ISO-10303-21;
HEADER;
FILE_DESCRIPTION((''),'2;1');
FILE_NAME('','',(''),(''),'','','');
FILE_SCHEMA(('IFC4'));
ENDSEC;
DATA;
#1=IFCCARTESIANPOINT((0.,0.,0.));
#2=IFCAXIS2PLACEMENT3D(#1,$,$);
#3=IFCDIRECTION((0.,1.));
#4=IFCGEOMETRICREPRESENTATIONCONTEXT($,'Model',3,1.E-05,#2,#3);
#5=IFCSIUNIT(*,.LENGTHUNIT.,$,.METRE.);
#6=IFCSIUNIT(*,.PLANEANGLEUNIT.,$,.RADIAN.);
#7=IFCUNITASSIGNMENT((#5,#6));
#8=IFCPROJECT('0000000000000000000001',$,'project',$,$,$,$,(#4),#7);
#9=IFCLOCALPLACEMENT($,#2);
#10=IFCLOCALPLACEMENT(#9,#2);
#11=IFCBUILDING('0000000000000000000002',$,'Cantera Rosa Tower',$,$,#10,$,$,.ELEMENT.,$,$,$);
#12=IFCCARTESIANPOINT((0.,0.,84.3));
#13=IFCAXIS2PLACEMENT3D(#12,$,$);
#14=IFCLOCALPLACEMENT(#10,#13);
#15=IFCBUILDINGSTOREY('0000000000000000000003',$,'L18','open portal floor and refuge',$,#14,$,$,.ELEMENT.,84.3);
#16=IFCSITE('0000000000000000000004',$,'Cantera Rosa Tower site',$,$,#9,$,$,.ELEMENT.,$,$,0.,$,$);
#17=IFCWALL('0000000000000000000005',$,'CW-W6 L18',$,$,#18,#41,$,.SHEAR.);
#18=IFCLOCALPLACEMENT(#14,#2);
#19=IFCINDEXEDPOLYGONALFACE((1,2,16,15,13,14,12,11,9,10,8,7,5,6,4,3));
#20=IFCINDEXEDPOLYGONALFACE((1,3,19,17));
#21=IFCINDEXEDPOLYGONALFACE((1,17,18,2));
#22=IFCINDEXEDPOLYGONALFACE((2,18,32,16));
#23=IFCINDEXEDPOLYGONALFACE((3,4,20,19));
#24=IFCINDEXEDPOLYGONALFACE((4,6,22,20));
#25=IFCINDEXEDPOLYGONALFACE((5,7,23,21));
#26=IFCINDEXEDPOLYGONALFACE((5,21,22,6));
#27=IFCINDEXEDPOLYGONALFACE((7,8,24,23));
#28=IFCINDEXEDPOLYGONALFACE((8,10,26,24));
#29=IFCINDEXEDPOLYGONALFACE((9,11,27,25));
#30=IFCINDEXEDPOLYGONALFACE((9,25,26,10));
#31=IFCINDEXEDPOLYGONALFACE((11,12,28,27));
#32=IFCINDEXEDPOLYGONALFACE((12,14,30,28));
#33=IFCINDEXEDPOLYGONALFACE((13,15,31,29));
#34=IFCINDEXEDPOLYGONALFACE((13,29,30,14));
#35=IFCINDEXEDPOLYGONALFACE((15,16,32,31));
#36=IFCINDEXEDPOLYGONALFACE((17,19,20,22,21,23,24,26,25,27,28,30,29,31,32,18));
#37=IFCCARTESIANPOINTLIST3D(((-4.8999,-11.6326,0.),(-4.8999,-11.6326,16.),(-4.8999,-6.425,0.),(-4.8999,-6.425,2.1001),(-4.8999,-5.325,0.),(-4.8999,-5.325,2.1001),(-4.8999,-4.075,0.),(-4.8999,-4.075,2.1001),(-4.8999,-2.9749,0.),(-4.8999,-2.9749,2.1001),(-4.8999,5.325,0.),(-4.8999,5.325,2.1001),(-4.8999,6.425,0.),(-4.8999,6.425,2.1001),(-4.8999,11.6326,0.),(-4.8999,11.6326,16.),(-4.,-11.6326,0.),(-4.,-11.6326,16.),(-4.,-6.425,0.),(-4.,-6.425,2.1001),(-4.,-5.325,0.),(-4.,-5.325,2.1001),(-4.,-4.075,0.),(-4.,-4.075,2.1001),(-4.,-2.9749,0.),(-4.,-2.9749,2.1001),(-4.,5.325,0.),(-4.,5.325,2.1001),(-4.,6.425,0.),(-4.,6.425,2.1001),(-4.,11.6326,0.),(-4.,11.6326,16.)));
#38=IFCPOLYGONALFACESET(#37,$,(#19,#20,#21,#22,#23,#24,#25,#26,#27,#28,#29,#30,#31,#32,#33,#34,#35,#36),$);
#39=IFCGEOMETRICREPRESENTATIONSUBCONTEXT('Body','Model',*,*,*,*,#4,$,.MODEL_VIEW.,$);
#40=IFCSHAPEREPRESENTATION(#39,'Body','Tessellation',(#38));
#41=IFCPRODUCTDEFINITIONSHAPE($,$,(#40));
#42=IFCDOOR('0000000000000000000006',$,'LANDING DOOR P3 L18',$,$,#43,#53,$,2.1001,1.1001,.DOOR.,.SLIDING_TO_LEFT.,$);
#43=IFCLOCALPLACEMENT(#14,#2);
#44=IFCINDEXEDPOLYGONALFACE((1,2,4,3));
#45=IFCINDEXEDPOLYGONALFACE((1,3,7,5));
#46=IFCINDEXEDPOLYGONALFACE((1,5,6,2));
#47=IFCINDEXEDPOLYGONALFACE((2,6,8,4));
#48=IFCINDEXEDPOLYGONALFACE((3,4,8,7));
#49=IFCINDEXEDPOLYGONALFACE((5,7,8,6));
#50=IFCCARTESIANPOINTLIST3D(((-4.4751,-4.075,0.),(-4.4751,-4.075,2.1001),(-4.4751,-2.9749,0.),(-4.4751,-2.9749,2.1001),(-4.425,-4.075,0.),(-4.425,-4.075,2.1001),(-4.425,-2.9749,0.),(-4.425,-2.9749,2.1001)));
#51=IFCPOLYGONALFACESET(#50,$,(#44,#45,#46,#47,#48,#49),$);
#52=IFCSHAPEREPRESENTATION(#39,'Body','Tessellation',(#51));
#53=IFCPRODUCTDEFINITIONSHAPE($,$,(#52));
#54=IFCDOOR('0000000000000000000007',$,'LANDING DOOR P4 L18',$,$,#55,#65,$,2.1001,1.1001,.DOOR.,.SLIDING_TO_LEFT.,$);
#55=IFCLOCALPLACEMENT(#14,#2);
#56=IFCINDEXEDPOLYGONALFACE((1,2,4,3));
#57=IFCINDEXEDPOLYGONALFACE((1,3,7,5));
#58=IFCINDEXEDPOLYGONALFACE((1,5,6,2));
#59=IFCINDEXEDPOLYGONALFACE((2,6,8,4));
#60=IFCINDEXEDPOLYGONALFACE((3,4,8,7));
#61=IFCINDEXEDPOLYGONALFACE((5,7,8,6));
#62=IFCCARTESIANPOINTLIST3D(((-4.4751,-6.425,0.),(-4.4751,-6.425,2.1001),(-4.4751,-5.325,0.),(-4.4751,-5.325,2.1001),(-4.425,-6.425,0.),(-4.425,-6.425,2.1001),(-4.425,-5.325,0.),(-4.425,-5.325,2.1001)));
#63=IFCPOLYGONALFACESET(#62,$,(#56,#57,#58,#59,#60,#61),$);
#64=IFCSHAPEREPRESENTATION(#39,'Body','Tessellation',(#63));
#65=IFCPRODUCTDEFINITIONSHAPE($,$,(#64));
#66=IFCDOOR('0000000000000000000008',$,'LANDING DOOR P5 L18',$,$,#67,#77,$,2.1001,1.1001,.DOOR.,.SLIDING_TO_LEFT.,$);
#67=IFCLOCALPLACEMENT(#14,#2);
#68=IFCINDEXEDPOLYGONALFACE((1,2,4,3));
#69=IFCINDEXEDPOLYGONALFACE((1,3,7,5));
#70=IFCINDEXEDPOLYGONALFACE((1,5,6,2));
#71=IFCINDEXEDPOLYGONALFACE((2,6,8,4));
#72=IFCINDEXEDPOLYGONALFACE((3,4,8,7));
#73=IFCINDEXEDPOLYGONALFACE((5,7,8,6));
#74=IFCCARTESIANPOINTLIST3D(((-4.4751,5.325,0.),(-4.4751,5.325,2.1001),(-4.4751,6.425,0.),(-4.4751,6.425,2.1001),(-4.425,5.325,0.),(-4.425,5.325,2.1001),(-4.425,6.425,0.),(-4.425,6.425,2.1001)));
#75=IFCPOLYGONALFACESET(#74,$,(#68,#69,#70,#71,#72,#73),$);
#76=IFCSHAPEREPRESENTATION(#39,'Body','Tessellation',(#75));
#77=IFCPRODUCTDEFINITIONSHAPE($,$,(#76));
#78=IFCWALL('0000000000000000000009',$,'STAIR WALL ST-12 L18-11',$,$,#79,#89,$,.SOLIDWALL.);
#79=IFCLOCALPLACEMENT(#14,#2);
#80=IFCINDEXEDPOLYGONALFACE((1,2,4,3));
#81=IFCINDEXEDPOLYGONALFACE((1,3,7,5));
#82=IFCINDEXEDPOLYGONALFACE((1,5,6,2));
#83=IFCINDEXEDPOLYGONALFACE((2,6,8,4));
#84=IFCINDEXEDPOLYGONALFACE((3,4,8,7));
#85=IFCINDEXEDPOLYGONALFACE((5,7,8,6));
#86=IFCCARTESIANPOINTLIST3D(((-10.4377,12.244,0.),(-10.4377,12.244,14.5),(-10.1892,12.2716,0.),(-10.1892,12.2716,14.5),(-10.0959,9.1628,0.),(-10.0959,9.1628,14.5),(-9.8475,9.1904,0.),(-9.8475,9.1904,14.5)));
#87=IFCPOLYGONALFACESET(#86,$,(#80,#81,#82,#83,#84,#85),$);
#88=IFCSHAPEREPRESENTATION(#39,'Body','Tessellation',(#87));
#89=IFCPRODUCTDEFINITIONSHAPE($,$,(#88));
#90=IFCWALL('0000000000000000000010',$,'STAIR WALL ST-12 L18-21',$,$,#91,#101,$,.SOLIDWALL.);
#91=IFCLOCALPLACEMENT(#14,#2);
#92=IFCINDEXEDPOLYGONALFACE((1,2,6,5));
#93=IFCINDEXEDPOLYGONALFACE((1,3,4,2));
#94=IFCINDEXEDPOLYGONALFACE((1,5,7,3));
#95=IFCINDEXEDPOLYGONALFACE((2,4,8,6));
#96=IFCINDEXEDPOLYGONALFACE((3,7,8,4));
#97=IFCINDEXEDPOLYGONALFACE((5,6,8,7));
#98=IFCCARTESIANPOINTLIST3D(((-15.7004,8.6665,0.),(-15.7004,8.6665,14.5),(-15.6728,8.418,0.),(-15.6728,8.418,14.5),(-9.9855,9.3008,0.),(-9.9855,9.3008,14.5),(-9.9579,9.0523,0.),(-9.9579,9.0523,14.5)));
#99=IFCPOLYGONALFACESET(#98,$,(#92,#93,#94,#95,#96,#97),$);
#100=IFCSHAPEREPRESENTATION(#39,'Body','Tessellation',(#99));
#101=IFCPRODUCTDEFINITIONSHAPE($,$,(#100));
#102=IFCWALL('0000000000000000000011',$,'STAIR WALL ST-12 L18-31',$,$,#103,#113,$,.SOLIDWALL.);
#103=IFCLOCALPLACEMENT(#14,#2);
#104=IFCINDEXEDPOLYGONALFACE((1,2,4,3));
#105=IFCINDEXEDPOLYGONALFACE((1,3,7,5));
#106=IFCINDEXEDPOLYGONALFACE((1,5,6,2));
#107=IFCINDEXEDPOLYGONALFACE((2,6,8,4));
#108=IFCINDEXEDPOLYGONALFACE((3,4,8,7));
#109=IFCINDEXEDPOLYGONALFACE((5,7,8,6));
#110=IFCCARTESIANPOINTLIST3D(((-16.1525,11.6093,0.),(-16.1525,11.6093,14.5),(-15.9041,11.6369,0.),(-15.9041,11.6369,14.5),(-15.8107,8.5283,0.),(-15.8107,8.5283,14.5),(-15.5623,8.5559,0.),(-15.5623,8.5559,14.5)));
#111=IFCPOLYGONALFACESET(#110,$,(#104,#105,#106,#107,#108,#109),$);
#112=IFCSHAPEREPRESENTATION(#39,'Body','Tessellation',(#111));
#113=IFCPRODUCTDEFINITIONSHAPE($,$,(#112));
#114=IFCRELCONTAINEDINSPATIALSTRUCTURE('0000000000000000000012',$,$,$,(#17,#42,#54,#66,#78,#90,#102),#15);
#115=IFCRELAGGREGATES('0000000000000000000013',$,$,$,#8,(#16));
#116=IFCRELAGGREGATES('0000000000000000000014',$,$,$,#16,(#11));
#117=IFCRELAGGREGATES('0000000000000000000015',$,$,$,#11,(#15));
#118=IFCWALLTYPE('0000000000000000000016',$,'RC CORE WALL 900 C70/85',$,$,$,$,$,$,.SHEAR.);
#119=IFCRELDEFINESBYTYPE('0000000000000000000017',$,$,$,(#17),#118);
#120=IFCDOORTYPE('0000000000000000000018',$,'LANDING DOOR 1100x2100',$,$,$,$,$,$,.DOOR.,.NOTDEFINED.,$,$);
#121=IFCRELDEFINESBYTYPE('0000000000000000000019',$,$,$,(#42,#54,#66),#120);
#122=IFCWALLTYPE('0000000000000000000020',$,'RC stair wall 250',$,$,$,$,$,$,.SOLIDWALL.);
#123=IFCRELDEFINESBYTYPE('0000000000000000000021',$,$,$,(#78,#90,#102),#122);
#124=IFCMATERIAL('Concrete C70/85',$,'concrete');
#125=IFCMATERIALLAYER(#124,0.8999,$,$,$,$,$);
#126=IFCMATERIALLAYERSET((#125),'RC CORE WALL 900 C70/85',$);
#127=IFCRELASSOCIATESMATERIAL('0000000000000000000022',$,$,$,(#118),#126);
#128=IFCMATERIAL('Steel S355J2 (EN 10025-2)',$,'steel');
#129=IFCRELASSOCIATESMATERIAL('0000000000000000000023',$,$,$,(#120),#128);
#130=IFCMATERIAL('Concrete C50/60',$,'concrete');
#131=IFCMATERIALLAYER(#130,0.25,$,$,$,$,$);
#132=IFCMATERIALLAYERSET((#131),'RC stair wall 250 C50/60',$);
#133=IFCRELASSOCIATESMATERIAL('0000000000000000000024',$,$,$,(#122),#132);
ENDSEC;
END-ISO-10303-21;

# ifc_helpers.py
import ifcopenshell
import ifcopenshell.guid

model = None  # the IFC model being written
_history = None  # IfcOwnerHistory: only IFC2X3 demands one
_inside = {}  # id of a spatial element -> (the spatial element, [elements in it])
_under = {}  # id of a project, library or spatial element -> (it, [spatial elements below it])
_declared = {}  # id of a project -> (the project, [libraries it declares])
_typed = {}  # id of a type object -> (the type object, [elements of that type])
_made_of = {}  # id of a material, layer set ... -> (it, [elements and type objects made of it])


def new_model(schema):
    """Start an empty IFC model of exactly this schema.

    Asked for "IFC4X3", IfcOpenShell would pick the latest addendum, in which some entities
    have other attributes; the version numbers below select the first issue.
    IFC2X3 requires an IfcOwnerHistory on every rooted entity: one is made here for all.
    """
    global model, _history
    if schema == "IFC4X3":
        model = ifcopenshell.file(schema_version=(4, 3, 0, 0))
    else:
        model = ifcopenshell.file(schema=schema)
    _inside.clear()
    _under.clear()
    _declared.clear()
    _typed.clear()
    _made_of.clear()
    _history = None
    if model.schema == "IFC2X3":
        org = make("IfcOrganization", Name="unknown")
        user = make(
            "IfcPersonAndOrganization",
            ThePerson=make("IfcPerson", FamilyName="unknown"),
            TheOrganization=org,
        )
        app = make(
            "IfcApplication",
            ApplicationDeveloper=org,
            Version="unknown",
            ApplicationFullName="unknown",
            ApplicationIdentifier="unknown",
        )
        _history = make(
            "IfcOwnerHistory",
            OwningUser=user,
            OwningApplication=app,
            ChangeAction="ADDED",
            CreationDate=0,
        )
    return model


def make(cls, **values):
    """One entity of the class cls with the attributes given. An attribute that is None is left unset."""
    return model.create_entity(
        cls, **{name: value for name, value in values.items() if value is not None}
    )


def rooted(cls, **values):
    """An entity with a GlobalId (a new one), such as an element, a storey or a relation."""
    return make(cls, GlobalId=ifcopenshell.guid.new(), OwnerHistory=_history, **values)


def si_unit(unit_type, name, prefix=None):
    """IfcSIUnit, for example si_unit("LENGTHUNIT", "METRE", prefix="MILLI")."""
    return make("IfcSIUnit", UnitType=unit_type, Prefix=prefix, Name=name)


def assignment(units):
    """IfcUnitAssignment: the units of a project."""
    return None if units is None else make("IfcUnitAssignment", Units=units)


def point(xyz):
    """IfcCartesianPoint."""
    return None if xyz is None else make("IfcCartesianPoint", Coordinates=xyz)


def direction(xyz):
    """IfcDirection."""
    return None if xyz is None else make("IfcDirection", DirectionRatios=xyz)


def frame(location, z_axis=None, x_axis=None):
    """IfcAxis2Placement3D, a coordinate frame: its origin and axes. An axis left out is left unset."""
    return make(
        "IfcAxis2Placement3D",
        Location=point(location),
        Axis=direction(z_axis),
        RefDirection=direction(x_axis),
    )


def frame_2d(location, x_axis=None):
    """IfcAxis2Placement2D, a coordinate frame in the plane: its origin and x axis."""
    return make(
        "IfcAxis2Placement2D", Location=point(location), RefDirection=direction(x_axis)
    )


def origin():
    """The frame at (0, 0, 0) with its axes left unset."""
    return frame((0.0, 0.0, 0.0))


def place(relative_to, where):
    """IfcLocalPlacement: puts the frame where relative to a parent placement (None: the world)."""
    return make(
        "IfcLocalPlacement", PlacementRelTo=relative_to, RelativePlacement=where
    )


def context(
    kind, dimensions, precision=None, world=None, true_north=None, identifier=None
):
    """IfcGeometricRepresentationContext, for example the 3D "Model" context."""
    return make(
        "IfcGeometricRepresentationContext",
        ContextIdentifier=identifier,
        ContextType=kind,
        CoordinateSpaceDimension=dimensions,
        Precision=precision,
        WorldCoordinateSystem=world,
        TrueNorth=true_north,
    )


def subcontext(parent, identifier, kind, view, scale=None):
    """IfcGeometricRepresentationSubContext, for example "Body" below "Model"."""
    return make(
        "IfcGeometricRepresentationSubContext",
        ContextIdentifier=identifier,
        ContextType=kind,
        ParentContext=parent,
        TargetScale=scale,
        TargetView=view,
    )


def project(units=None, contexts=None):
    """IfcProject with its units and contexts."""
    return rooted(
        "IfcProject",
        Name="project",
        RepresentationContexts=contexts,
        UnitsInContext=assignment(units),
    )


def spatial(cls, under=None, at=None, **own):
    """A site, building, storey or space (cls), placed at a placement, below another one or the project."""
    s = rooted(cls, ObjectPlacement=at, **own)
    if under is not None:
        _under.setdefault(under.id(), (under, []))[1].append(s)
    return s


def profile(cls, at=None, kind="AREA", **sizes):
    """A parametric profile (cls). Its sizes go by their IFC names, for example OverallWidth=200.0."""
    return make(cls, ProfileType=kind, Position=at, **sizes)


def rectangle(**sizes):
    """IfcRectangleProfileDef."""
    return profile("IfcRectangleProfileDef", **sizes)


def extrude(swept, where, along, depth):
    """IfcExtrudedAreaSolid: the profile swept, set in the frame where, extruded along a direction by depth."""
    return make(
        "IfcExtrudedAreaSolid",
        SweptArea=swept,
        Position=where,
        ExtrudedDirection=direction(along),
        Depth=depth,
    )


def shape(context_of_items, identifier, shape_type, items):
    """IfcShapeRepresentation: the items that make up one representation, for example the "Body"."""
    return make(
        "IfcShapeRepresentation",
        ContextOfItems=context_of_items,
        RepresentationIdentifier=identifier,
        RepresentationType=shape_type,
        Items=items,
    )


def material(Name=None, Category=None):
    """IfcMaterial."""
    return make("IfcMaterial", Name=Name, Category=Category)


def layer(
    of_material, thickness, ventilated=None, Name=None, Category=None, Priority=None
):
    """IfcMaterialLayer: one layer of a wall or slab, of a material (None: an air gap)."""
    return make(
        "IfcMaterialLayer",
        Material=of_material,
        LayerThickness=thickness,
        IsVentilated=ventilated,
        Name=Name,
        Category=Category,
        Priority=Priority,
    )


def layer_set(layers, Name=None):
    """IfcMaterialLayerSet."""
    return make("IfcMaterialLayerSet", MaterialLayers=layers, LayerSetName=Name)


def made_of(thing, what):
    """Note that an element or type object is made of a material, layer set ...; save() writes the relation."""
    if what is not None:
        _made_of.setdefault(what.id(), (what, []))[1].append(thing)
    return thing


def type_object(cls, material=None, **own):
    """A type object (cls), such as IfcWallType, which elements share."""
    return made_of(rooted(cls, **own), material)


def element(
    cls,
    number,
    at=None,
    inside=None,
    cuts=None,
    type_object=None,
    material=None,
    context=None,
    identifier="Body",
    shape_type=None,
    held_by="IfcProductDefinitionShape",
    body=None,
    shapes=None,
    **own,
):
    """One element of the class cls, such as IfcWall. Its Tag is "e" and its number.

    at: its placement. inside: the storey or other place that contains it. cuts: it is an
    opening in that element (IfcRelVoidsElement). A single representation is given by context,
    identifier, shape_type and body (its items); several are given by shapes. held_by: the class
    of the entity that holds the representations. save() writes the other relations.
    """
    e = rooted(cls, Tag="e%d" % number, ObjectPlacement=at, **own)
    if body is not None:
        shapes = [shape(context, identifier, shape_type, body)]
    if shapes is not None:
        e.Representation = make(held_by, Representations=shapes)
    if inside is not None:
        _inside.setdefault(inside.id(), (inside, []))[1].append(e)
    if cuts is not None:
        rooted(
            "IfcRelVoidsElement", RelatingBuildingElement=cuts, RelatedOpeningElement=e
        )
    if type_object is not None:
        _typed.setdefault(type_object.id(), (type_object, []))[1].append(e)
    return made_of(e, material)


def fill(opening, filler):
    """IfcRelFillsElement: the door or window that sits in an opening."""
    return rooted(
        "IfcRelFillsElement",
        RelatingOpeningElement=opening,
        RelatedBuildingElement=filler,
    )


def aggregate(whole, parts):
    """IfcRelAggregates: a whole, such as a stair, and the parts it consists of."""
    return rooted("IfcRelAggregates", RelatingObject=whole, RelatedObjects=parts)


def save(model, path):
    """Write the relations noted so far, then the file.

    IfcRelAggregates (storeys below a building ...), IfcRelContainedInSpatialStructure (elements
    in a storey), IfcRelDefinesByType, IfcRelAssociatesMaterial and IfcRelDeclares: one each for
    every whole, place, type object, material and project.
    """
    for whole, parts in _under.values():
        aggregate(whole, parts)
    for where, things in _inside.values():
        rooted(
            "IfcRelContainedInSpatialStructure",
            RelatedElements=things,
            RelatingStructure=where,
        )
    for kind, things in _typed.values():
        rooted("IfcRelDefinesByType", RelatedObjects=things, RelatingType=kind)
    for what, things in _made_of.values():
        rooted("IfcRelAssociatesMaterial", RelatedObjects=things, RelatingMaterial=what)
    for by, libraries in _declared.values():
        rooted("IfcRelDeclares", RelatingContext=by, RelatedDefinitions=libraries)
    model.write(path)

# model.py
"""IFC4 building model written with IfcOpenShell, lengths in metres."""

from ifc_helpers import new_model, si_unit, direction, frame, frame_2d, origin, place, context, subcontext, project, spatial, rectangle, extrude, material, layer, layer_set, type_object, element, fill, save


model = new_model("IFC4")

# Units and contexts
model_context = context("Model", 3, precision=1e-05, world=origin(), true_north=direction((0.0, 1.0)))
body_context = subcontext(model_context, "Body", "Model", "MODEL_VIEW")
ifc_project = project(units=[si_unit("LENGTHUNIT", "METRE"), si_unit("PLANEANGLEUNIT", "RADIAN")], contexts=[model_context])

# Site, building, storey
site_placement = place(None, origin())
site = spatial("IfcSite", under=ifc_project, at=site_placement, Name="Cantera Rosa Tower site", CompositionType="ELEMENT", RefElevation=0.0)
building_placement = place(site_placement, origin())
building = spatial("IfcBuilding", under=site, at=building_placement, Name="Cantera Rosa Tower", CompositionType="ELEMENT")
storey_placement = place(building_placement, frame((0.0, 0.0, 84.3)))
storey = spatial("IfcBuildingStorey", under=building, at=storey_placement, Name="L18", Description="open portal floor and refuge", CompositionType="ELEMENT", Elevation=84.3)

# Shared definitions
ifc_material_1 = material(Name="Concrete C70/85", Category="concrete")
ifc_layer_1 = layer(ifc_material_1, 0.8999)
ifc_layer_set_1 = layer_set([ifc_layer_1], Name="RC CORE WALL 900 C70/85")
wall_type_1 = type_object("IfcWallType", Name="RC CORE WALL 900 C70/85", PredefinedType="SHEAR", material=ifc_layer_set_1)

# Wall, openings, doors
wall_1_placement = place(storey_placement, frame((-4.45, 11.6326, 0.0), z_axis=(0.0, 0.0, 1.0), x_axis=(0.0, -1.0, 0.0)))
wall_1 = element("IfcWall", 1, at=wall_1_placement, inside=storey, type_object=wall_type_1, Name="CW-W6 L18", PredefinedType="SHEAR", context=body_context, shape_type="SweptSolid", body=[
    extrude(rectangle(XDim=23.2651, YDim=0.8999, at=frame_2d((11.6326, 0.0))), origin(), (0.0, 0.0, 1.0), 16.0),
])
opening_1_placement = place(wall_1_placement, frame((14.6074, 0.0, 0.0)))
opening_1 = element("IfcOpeningElement", 2, at=opening_1_placement, cuts=wall_1, PredefinedType="OPENING", context=body_context, shape_type="SweptSolid", body=[
    extrude(rectangle(XDim=1.1001, YDim=2.1001, at=frame_2d((0.55, 1.05))), frame((0.0, 0.46, 0.0), z_axis=(0.0, -1.0, 0.0), x_axis=(1.0, 0.0, 0.0)), (0.0, 0.0, 1.0), 0.9199),
])
opening_2_placement = place(wall_1_placement, frame((16.9575, 0.0, 0.0)))
opening_2 = element("IfcOpeningElement", 3, at=opening_2_placement, cuts=wall_1, PredefinedType="OPENING", context=body_context, shape_type="SweptSolid", body=[
    extrude(rectangle(XDim=1.1001, YDim=2.1001, at=frame_2d((0.55, 1.05))), frame((0.0, 0.46, 0.0), z_axis=(0.0, -1.0, 0.0), x_axis=(1.0, 0.0, 0.0)), (0.0, 0.0, 1.0), 0.9199),
])
opening_3_placement = place(wall_1_placement, frame((5.2075, 0.0, 0.0)))
opening_3 = element("IfcOpeningElement", 4, at=opening_3_placement, cuts=wall_1, PredefinedType="OPENING", context=body_context, shape_type="SweptSolid", body=[
    extrude(rectangle(XDim=1.1001, YDim=2.1001, at=frame_2d((0.55, 1.05))), frame((0.0, 0.46, 0.0), z_axis=(0.0, -1.0, 0.0), x_axis=(1.0, 0.0, 0.0)), (0.0, 0.0, 1.0), 0.9199),
])
ifc_material_2 = material(Name="Steel S355J2 (EN 10025-2)", Category="steel")
door_type_1 = type_object("IfcDoorType", Name="LANDING DOOR 1100x2100", OperationType="NOTDEFINED", PredefinedType="DOOR", material=ifc_material_2)
door_1_placement = place(opening_1_placement, origin())
door_1 = element("IfcDoor", 5, at=door_1_placement, inside=storey, type_object=door_type_1, Name="LANDING DOOR P3 L18", OperationType="SLIDING_TO_LEFT", OverallHeight=2.1001, OverallWidth=1.1001, PredefinedType="DOOR", context=body_context, shape_type="SweptSolid", body=[
    extrude(rectangle(XDim=1.1001, YDim=2.1001, at=frame_2d((0.55, 1.05))), frame((0.0, 0.0249, 0.0), z_axis=(0.0, -1.0, 0.0), x_axis=(1.0, 0.0, 0.0)), (0.0, 0.0, 1.0), 0.05),
])
fill(opening_1, door_1)
door_2_placement = place(opening_2_placement, origin())
door_2 = element("IfcDoor", 6, at=door_2_placement, inside=storey, type_object=door_type_1, Name="LANDING DOOR P4 L18", OperationType="SLIDING_TO_LEFT", OverallHeight=2.1001, OverallWidth=1.1001, PredefinedType="DOOR", context=body_context, shape_type="SweptSolid", body=[
    extrude(rectangle(XDim=1.1001, YDim=2.1001, at=frame_2d((0.55, 1.05))), frame((0.0, 0.0249, 0.0), z_axis=(0.0, -1.0, 0.0), x_axis=(1.0, 0.0, 0.0)), (0.0, 0.0, 1.0), 0.05),
])
fill(opening_2, door_2)
door_3_placement = place(opening_3_placement, origin())
door_3 = element("IfcDoor", 7, at=door_3_placement, inside=storey, type_object=door_type_1, Name="LANDING DOOR P5 L18", OperationType="SLIDING_TO_LEFT", OverallHeight=2.1001, OverallWidth=1.1001, PredefinedType="DOOR", context=body_context, shape_type="SweptSolid", body=[
    extrude(rectangle(XDim=1.1001, YDim=2.1001, at=frame_2d((0.55, 1.05))), frame((0.0, 0.0249, 0.0), z_axis=(0.0, -1.0, 0.0), x_axis=(1.0, 0.0, 0.0)), (0.0, 0.0, 1.0), 0.05),
])
fill(opening_3, door_3)

# Walls
ifc_material_3 = material(Name="Concrete C50/60", Category="concrete")
ifc_layer_2 = layer(ifc_material_3, 0.25)
ifc_layer_set_2 = layer_set([ifc_layer_2], Name="RC stair wall 250 C50/60")
wall_type_2 = type_object("IfcWallType", Name="RC stair wall 250", PredefinedType="SOLIDWALL", material=ifc_layer_set_2)
wall_2_placement = place(storey_placement, frame((-10.3135, 12.2578, 0.0), z_axis=(0.0, 0.0, 1.0), x_axis=(0.11025, -0.993904, 0.0)))
element("IfcWall", 8, at=wall_2_placement, inside=storey, type_object=wall_type_2, Name="STAIR WALL ST-12 L18-11", PredefinedType="SOLIDWALL", context=body_context, shape_type="SweptSolid", body=[
    extrude(rectangle(XDim=3.1001, YDim=0.25, at=frame_2d((1.55, 0.0))), origin(), (0.0, 0.0, 1.0), 14.5),
])
wall_3_placement = place(storey_placement, frame((-9.9717, 9.1765, 0.0), z_axis=(0.0, 0.0, 1.0), x_axis=(-0.993897, -0.11031, 0.0)))
element("IfcWall", 9, at=wall_3_placement, inside=storey, type_object=wall_type_2, Name="STAIR WALL ST-12 L18-21", PredefinedType="SOLIDWALL", context=body_context, shape_type="SweptSolid", body=[
    extrude(rectangle(XDim=5.75, YDim=0.25, at=frame_2d((2.875, 0.0))), origin(), (0.0, 0.0, 1.0), 14.5),
])
wall_4_placement = place(storey_placement, frame((-15.6865, 8.5422, 0.0), z_axis=(0.0, 0.0, 1.0), x_axis=(-0.110259, 0.993903, 0.0)))
element("IfcWall", 10, at=wall_4_placement, inside=storey, type_object=wall_type_2, Name="STAIR WALL ST-12 L18-31", PredefinedType="SOLIDWALL", context=body_context, shape_type="SweptSolid", body=[
    extrude(rectangle(XDim=3.0999, YDim=0.25, at=frame_2d((1.5498, 0.0))), origin(), (0.0, 0.0, 1.0), 14.5),
])

save(model, "model.ifc")
